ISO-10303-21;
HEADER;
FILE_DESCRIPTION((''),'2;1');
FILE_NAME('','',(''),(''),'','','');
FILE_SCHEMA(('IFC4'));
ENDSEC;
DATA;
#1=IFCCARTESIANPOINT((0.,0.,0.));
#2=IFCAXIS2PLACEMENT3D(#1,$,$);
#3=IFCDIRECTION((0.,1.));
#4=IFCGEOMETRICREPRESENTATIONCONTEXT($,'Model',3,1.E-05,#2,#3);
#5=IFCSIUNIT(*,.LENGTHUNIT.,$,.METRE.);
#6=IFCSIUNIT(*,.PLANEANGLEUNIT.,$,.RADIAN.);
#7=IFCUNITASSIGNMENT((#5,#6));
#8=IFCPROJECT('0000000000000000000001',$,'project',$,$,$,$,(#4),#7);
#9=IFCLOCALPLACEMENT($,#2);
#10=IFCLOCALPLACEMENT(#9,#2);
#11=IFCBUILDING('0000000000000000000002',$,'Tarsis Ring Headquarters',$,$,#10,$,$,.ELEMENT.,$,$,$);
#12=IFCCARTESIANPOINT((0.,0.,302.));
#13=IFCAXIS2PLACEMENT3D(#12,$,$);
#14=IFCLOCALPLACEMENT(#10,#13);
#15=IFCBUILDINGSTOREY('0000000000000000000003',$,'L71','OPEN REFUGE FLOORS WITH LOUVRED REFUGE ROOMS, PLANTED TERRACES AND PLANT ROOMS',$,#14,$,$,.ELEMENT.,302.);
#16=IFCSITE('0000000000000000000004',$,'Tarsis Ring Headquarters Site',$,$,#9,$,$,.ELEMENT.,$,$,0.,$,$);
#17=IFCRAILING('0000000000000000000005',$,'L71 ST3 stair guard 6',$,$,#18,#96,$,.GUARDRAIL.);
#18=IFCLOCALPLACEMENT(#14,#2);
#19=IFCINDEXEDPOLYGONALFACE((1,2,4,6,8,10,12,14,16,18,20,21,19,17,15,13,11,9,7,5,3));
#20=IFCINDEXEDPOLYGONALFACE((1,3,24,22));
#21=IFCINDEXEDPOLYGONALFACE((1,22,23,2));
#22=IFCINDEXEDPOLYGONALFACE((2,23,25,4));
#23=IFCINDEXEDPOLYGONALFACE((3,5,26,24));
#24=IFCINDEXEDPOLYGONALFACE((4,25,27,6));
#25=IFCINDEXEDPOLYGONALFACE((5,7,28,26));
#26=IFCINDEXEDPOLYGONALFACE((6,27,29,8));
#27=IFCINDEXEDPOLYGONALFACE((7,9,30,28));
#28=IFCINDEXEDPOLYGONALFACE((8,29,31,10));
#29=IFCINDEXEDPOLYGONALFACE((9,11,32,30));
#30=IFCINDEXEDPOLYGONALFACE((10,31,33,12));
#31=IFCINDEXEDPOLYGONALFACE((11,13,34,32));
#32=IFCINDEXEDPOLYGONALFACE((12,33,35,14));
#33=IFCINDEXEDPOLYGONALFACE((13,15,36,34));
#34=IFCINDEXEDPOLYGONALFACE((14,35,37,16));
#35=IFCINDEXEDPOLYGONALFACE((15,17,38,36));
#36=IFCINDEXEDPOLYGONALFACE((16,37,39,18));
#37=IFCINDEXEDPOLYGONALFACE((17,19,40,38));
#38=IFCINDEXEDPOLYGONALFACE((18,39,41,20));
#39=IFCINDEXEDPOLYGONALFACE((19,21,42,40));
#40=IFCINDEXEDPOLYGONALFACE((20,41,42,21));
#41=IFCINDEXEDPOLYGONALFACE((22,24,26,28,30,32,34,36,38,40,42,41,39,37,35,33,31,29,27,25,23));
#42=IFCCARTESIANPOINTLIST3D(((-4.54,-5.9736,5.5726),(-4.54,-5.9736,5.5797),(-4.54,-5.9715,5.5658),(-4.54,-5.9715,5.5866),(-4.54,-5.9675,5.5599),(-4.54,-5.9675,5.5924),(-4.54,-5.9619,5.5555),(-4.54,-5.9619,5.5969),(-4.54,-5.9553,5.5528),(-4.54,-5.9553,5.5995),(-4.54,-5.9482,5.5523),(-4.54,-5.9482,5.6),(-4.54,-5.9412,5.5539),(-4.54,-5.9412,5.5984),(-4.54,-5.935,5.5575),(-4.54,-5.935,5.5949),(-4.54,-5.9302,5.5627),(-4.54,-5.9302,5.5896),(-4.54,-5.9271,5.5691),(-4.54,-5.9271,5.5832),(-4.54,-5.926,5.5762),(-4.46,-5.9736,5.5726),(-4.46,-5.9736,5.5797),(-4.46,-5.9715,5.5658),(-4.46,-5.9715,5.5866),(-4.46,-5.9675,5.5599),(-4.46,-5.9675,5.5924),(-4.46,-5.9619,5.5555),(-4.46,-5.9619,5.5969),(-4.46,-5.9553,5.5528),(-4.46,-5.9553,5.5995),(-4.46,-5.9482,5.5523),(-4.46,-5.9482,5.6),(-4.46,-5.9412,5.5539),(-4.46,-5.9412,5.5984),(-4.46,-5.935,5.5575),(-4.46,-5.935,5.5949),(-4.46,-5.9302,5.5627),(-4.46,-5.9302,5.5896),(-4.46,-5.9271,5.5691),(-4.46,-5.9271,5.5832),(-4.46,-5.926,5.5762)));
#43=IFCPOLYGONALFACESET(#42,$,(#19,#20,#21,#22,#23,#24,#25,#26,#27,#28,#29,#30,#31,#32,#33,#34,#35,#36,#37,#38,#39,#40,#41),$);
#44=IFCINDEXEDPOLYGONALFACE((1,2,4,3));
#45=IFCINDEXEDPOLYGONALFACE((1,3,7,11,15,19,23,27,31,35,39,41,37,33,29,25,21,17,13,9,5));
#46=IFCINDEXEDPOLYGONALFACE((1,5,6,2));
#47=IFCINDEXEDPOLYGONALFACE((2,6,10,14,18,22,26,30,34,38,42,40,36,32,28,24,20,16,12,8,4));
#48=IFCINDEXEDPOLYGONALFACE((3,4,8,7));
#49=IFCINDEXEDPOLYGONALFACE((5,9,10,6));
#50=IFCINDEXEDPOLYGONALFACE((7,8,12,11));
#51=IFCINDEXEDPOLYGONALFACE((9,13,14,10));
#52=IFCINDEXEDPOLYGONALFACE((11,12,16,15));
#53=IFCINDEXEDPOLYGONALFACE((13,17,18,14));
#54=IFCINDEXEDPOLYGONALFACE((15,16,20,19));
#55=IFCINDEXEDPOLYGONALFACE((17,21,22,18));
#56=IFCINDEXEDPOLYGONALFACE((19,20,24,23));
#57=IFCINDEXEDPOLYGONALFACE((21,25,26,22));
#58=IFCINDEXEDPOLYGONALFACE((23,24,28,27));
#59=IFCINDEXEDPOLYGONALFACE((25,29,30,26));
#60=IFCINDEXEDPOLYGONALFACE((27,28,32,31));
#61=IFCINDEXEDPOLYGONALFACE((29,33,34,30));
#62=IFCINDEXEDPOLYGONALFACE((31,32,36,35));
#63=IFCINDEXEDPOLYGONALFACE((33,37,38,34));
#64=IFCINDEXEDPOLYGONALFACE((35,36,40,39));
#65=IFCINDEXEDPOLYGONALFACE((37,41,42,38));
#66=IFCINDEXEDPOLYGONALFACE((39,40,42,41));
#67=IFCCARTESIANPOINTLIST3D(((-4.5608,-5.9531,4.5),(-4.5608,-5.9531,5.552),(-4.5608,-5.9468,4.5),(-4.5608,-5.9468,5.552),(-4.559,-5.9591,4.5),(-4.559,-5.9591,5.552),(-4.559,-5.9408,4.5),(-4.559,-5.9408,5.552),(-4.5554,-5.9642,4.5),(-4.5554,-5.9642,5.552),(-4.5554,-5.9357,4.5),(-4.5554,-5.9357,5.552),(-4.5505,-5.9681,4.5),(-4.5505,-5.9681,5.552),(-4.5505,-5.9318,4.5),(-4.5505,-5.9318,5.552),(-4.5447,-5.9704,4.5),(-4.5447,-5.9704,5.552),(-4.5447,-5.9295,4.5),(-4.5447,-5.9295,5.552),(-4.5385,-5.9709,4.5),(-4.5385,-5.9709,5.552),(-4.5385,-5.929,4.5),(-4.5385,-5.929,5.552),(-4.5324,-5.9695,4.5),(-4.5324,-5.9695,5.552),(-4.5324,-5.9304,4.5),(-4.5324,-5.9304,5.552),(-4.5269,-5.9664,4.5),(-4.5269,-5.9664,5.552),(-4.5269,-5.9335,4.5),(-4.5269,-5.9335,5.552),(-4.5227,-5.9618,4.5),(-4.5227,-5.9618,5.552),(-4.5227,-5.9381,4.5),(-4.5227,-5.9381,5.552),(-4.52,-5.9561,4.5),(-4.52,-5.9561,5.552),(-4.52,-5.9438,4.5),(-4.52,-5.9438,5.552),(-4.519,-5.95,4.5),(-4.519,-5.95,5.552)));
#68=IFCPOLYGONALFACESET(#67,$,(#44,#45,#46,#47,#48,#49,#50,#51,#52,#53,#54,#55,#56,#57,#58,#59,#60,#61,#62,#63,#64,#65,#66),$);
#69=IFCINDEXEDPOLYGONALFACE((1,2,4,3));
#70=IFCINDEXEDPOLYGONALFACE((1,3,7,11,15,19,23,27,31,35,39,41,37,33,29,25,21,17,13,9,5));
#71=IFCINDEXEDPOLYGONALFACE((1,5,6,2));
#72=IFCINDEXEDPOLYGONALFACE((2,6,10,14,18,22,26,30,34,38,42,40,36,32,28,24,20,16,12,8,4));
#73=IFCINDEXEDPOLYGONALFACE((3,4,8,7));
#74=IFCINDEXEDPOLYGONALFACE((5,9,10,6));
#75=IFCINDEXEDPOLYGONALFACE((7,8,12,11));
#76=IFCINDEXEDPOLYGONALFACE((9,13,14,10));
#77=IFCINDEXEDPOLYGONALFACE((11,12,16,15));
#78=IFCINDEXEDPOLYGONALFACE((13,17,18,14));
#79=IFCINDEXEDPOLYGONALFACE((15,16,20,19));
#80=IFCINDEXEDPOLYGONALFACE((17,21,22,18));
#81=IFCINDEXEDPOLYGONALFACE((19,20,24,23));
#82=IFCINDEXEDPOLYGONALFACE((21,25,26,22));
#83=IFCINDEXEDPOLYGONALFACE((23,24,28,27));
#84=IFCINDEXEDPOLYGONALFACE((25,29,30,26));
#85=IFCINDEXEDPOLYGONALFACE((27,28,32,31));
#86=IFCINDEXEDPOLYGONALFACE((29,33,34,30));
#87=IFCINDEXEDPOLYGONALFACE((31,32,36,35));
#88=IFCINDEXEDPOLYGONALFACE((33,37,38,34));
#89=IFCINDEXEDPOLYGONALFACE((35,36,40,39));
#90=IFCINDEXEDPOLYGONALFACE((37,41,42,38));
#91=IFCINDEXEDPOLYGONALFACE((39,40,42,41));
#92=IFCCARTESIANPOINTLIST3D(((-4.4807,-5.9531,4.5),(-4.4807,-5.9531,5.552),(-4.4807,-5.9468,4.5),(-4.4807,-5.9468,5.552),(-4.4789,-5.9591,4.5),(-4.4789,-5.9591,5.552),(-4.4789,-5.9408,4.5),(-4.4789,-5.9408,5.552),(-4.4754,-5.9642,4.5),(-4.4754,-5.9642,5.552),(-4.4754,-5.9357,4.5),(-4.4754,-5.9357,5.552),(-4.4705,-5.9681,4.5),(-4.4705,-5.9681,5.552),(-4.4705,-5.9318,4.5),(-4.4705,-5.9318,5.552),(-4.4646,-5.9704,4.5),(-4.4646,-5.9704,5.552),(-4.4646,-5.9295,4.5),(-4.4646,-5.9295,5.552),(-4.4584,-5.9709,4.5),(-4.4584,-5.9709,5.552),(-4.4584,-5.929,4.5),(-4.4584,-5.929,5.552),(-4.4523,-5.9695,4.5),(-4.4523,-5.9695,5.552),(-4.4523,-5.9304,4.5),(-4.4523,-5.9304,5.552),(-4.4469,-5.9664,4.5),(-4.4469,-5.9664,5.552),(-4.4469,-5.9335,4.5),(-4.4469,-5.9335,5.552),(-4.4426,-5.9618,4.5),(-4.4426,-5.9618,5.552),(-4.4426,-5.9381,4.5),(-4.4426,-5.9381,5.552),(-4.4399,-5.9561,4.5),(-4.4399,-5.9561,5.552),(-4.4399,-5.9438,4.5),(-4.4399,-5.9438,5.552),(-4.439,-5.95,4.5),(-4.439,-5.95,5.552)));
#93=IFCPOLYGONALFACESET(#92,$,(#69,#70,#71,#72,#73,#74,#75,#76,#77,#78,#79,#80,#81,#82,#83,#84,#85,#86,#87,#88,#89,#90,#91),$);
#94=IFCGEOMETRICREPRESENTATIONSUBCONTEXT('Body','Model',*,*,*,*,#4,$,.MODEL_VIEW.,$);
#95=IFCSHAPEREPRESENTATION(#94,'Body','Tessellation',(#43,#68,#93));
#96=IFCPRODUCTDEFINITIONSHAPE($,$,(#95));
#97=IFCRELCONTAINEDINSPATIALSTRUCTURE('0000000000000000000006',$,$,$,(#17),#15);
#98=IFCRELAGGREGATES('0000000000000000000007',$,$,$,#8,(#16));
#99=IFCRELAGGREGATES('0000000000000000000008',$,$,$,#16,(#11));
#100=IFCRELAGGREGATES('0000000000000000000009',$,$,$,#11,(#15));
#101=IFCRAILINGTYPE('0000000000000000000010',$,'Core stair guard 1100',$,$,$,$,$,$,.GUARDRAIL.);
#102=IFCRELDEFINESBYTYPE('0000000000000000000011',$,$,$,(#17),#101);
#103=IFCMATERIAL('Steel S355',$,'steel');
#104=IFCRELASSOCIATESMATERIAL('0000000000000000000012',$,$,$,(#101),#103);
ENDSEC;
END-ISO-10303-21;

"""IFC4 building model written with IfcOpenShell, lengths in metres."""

from ifc_helpers import new_model, si_unit, direction, frame, origin, origin_2d, place, context, subcontext, project, spatial, circle, extrude, material, type_object, element, save


model = new_model("IFC4")

# Units and contexts
model_context = context("Model", 3, precision=1e-05, world=origin(), true_north=direction((0.0, 1.0)))
body_context = subcontext(model_context, "Body", "Model", "MODEL_VIEW")
ifc_project = project(units=[si_unit("LENGTHUNIT", "METRE"), si_unit("PLANEANGLEUNIT", "RADIAN")], contexts=[model_context])

# Site, building, storey
site_placement = place(None, origin())
site = spatial("IfcSite", under=ifc_project, at=site_placement, Name="Tarsis Ring Headquarters Site", CompositionType="ELEMENT", RefElevation=0.0)
building_placement = place(site_placement, origin())
building = spatial("IfcBuilding", under=site, at=building_placement, Name="Tarsis Ring Headquarters", CompositionType="ELEMENT")
storey_placement = place(building_placement, frame((0.0, 0.0, 302.0)))
storey = spatial("IfcBuildingStorey", under=building, at=storey_placement, Name="L71", Description="OPEN REFUGE FLOORS WITH LOUVRED REFUGE ROOMS, PLANTED TERRACES AND PLANT ROOMS", CompositionType="ELEMENT", Elevation=302.0)

# Railing
ifc_material_1 = material(Name="Steel S355", Category="steel")
railing_type_1 = type_object("IfcRailingType", Name="Core stair guard 1100", PredefinedType="GUARDRAIL", material=ifc_material_1)
railing_1_placement = place(storey_placement, frame((-4.54, -5.95, 4.5)))
element("IfcRailing", 1, at=railing_1_placement, inside=storey, type_object=railing_type_1, Name="L71 ST3 stair guard 6", PredefinedType="GUARDRAIL", context=body_context, shape_type="SweptSolid", body=[
    extrude(circle(Radius=0.0239, at=origin_2d()), frame((0.0, 0.0, 1.0762), z_axis=(1.0, 0.0, 0.0), x_axis=(0.0, 1.0, 0.0)), (0.0, 0.0, 1.0), 0.0801),
    extrude(circle(Radius=0.021, at=origin_2d()), origin(), (0.0, 0.0, 1.0), 1.052),
    extrude(circle(Radius=0.021, at=origin_2d()), frame((0.0801, 0.0, 0.0)), (0.0, 0.0, 1.0), 1.052),
])

save(model, "model.ifc")
